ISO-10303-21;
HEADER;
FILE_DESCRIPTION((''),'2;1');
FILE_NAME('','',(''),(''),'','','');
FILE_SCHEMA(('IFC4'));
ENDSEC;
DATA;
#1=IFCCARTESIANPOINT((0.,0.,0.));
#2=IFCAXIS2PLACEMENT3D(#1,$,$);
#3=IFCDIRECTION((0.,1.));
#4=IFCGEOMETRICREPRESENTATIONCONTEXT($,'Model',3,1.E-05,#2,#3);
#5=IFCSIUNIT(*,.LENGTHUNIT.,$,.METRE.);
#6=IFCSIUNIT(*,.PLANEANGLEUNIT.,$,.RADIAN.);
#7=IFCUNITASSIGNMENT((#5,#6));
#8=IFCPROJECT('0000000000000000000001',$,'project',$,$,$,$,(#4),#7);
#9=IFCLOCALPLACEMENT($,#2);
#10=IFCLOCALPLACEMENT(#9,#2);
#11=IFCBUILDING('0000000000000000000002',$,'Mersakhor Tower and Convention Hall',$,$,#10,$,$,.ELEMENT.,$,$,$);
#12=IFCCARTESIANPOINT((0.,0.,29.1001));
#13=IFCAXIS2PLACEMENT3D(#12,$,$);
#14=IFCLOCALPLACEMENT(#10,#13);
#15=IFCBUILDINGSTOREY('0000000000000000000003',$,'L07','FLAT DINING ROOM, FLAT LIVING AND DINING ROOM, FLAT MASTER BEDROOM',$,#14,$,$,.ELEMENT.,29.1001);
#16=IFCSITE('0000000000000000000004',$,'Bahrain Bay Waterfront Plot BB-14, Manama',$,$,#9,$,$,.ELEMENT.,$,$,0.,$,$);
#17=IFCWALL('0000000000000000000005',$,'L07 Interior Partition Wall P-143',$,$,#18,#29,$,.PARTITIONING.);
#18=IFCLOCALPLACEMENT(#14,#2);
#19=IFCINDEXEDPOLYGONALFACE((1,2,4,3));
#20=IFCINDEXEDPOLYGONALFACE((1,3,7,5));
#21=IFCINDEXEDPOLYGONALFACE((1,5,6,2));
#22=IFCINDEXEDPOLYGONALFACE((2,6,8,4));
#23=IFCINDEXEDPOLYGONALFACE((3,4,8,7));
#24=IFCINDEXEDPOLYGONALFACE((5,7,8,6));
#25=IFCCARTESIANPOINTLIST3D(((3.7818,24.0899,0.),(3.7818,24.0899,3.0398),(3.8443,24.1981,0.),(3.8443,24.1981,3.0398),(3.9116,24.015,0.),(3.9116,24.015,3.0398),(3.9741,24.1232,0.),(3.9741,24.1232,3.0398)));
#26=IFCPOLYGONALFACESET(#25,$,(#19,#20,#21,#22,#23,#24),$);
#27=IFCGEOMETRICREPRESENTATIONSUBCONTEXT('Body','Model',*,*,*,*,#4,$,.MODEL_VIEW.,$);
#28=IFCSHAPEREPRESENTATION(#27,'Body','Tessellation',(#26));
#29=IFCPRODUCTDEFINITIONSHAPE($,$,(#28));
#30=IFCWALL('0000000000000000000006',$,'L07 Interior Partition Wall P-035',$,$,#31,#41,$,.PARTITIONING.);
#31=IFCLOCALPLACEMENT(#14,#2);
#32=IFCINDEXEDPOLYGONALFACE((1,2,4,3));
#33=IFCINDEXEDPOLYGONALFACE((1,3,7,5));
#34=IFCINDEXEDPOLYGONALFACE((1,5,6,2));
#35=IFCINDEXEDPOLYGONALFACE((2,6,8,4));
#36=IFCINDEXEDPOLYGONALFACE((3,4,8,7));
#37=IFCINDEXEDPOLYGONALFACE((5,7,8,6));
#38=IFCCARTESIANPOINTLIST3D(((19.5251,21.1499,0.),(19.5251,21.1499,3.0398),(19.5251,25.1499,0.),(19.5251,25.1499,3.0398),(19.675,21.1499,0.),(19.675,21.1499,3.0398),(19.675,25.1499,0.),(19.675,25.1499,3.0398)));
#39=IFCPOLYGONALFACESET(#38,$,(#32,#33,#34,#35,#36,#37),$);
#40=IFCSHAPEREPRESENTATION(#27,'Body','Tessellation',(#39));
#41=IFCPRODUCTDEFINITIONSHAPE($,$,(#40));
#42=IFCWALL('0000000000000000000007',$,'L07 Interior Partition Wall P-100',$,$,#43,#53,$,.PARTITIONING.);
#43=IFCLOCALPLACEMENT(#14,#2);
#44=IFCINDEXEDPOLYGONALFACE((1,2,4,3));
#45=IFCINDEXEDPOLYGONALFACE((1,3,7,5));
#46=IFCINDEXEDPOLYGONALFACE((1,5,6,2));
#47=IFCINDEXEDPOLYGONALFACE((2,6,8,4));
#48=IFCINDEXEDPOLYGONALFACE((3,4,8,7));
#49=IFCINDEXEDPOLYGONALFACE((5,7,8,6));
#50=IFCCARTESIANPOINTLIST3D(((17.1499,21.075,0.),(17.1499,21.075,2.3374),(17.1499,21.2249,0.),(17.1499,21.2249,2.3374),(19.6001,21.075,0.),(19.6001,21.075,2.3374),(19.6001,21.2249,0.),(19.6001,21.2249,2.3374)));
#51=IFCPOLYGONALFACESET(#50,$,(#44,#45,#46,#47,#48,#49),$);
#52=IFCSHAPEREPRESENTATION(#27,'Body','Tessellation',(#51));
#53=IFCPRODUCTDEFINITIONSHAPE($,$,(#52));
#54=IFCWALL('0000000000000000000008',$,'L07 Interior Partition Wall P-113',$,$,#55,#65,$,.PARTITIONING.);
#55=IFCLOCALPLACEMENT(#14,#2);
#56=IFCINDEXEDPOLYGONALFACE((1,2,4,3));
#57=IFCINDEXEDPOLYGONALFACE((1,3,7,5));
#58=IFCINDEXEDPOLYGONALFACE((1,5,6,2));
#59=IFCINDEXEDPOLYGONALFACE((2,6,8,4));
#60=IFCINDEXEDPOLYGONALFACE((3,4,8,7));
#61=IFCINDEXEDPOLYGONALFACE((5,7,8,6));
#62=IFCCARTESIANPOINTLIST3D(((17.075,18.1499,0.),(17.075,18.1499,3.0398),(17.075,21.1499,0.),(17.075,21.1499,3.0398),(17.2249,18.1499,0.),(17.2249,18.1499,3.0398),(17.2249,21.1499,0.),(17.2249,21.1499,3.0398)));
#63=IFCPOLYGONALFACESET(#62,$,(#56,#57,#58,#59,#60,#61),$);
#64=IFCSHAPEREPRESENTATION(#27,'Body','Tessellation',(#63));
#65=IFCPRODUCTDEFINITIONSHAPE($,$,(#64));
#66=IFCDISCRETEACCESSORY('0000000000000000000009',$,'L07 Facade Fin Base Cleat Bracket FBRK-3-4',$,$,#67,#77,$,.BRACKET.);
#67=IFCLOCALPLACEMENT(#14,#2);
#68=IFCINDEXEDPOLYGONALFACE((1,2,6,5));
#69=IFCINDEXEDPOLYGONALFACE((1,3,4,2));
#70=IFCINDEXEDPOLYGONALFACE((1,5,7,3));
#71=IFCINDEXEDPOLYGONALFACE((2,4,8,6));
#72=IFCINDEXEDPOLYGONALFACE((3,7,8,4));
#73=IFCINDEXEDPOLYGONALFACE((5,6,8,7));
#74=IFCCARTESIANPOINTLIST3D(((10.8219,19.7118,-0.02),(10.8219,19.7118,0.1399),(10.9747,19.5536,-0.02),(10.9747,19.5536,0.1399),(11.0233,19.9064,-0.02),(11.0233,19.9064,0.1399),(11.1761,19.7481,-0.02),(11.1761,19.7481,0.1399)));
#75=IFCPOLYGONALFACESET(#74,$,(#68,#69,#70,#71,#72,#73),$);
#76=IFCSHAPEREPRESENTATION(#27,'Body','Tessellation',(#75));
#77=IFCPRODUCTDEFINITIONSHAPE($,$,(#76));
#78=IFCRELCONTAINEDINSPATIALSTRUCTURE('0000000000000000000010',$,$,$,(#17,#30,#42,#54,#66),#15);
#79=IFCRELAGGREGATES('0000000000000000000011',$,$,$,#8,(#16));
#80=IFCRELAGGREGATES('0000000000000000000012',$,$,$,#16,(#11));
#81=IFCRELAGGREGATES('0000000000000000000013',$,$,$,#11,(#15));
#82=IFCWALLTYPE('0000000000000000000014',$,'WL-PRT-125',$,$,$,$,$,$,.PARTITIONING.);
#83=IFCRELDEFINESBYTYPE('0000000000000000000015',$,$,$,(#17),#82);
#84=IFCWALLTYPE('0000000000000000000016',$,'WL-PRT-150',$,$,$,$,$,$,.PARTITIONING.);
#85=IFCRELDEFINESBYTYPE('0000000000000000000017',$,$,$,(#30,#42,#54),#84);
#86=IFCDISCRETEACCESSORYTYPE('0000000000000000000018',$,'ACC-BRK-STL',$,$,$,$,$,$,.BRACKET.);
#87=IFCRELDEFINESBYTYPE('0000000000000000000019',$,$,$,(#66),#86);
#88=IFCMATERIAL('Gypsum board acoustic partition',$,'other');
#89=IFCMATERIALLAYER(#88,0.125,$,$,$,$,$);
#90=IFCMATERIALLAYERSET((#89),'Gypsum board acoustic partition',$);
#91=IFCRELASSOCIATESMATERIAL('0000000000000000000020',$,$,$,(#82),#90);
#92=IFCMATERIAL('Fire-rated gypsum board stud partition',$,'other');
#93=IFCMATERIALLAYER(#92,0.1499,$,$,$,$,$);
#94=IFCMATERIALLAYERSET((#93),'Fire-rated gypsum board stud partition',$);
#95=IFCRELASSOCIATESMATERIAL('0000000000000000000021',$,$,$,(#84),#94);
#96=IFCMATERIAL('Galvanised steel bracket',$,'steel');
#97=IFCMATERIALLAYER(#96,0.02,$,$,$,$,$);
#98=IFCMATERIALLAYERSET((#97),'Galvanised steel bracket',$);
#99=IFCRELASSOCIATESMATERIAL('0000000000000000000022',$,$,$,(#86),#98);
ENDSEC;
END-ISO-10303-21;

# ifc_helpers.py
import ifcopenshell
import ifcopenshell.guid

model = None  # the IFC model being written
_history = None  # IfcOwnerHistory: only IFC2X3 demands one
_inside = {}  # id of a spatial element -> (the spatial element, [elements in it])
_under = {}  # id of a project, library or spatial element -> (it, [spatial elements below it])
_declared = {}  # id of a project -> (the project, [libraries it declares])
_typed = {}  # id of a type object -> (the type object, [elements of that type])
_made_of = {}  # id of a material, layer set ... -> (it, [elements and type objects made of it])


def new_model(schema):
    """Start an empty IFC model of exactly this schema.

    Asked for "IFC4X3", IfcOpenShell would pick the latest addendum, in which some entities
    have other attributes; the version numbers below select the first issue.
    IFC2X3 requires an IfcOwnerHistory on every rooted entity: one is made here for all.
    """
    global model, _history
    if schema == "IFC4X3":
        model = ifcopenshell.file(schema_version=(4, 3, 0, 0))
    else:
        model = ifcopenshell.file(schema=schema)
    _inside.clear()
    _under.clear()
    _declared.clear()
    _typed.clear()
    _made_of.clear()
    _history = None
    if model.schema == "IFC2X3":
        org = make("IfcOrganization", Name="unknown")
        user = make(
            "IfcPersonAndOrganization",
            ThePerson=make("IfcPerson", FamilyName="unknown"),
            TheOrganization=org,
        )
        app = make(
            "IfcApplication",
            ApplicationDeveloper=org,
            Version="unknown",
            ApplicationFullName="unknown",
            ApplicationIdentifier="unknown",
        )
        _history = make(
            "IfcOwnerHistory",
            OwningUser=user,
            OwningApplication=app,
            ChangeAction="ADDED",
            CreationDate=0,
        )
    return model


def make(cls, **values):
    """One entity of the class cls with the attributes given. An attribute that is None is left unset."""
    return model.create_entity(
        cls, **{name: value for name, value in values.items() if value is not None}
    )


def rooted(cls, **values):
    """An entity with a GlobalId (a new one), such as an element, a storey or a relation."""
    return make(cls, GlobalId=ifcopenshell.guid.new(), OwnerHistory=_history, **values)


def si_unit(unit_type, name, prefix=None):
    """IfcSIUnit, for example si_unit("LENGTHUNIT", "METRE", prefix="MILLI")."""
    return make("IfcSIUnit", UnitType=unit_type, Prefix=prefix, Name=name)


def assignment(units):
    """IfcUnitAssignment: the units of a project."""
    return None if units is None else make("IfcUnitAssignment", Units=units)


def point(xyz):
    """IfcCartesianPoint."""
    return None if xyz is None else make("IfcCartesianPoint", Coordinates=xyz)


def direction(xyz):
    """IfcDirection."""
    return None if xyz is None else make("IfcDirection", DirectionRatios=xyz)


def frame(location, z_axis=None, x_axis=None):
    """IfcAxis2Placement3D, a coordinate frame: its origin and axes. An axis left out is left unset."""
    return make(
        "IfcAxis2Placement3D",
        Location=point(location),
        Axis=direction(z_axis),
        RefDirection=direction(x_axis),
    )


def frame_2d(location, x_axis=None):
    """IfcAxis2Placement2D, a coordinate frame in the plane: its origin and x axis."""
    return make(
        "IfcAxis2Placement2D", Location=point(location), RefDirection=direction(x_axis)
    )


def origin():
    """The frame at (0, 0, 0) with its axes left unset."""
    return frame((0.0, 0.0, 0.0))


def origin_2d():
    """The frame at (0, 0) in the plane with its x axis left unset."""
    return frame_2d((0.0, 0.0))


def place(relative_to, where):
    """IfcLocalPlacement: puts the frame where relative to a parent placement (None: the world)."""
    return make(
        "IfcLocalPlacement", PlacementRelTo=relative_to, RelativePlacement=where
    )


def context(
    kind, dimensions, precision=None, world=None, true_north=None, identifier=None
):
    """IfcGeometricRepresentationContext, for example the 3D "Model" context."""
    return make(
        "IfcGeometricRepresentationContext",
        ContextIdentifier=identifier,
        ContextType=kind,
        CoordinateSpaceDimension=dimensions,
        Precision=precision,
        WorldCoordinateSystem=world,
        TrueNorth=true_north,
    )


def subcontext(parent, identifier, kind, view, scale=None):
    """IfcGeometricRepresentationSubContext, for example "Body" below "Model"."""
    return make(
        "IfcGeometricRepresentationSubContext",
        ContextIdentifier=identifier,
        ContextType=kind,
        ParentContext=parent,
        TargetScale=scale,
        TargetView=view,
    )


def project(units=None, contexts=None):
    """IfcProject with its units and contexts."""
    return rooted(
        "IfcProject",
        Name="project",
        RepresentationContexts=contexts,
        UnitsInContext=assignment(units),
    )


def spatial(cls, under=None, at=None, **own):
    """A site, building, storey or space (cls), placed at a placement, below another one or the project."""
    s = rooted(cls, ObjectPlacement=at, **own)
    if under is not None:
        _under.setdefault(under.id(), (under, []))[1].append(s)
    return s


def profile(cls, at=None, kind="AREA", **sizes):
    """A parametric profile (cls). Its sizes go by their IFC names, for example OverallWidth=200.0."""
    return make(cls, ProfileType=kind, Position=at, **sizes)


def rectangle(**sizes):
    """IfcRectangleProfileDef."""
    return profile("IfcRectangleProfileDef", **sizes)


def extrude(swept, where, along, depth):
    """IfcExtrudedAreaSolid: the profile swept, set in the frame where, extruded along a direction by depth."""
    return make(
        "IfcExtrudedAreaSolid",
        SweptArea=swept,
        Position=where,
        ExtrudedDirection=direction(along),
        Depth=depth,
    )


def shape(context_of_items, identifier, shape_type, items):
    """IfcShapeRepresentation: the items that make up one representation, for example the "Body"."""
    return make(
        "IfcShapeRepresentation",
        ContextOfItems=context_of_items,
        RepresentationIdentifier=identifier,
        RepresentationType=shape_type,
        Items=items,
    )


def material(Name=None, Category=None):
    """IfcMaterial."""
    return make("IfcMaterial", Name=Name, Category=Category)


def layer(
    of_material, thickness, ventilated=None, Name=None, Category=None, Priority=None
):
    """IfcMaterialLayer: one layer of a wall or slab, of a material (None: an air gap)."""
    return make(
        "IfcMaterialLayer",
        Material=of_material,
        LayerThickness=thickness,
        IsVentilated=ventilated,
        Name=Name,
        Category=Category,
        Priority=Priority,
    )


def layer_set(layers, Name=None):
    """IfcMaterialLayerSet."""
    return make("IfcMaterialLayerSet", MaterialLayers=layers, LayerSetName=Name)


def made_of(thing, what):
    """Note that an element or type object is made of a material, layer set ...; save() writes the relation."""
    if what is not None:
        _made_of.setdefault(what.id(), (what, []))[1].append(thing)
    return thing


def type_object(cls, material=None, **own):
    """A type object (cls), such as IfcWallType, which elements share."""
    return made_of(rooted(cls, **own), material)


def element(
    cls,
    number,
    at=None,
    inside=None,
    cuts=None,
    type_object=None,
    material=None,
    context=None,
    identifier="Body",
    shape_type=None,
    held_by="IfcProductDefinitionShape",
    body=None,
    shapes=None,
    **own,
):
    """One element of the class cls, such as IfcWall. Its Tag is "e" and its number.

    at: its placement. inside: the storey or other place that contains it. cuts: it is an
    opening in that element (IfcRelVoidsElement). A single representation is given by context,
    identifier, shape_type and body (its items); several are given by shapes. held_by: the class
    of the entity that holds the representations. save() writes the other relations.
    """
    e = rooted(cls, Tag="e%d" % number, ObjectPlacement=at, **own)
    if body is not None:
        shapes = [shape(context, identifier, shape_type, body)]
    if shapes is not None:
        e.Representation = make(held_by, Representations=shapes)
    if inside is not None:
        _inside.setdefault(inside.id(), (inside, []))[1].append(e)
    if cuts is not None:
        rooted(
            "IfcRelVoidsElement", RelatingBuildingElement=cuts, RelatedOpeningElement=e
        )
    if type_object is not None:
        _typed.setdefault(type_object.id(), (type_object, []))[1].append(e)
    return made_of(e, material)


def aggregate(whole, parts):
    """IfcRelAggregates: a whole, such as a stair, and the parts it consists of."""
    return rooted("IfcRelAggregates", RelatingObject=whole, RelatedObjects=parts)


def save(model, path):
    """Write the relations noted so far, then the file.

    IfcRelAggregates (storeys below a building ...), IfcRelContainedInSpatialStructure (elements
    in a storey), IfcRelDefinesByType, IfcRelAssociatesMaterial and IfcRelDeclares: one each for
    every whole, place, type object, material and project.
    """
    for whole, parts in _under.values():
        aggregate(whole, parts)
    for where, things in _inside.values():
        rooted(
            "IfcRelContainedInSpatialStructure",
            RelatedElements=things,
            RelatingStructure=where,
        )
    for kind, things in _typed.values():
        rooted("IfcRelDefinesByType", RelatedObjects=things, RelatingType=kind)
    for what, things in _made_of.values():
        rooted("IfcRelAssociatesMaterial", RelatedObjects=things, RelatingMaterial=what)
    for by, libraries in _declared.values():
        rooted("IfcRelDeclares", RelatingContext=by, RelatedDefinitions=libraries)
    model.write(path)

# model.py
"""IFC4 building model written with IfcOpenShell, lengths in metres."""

from ifc_helpers import new_model, si_unit, direction, frame, frame_2d, origin, origin_2d, place, context, subcontext, project, spatial, rectangle, extrude, material, layer, layer_set, type_object, element, save


model = new_model("IFC4")

# Units and contexts
model_context = context("Model", 3, precision=1e-05, world=origin(), true_north=direction((0.0, 1.0)))
body_context = subcontext(model_context, "Body", "Model", "MODEL_VIEW")
ifc_project = project(units=[si_unit("LENGTHUNIT", "METRE"), si_unit("PLANEANGLEUNIT", "RADIAN")], contexts=[model_context])

# Site, building, storey
site_placement = place(None, origin())
site = spatial("IfcSite", under=ifc_project, at=site_placement, Name="Bahrain Bay Waterfront Plot BB-14, Manama", CompositionType="ELEMENT", RefElevation=0.0)
building_placement = place(site_placement, origin())
building = spatial("IfcBuilding", under=site, at=building_placement, Name="Mersakhor Tower and Convention Hall", CompositionType="ELEMENT")
storey_placement = place(building_placement, frame((0.0, 0.0, 29.1001)))
storey = spatial("IfcBuildingStorey", under=building, at=storey_placement, Name="L07", Description="FLAT DINING ROOM, FLAT LIVING AND DINING ROOM, FLAT MASTER BEDROOM", CompositionType="ELEMENT", Elevation=29.1001)

# Shared definitions
ifc_material_1 = material(Name="Gypsum board acoustic partition", Category="other")
ifc_layer_1 = layer(ifc_material_1, 0.125)
ifc_layer_set_1 = layer_set([ifc_layer_1], Name="Gypsum board acoustic partition")
wall_type_1 = type_object("IfcWallType", Name="WL-PRT-125", PredefinedType="PARTITIONING", material=ifc_layer_set_1)

# Wall
wall_1_placement = place(storey_placement, frame((3.9429, 24.0691, 0.0), z_axis=(0.0, 0.0, 1.0), x_axis=(-0.866131, 0.499816, 0.0)))
element("IfcWall", 1, at=wall_1_placement, inside=storey, type_object=wall_type_1, Name="L07 Interior Partition Wall P-143", PredefinedType="PARTITIONING", context=body_context, shape_type="SweptSolid", body=[
    extrude(rectangle(XDim=0.1499, YDim=0.125, at=frame_2d((0.075, 0.0))), origin(), (0.0, 0.0, 1.0), 3.0398),
])

# Shared definitions
ifc_material_2 = material(Name="Fire-rated gypsum board stud partition", Category="other")
ifc_layer_2 = layer(ifc_material_2, 0.1499)
ifc_layer_set_2 = layer_set([ifc_layer_2], Name="Fire-rated gypsum board stud partition")
wall_type_2 = type_object("IfcWallType", Name="WL-PRT-150", PredefinedType="PARTITIONING", material=ifc_layer_set_2)

# Wall
wall_2_placement = place(storey_placement, frame((19.6001, 21.1499, 0.0), z_axis=(0.0, 0.0, 1.0), x_axis=(0.0, 1.0, 0.0)))
element("IfcWall", 2, at=wall_2_placement, inside=storey, type_object=wall_type_2, Name="L07 Interior Partition Wall P-035", PredefinedType="PARTITIONING", context=body_context, shape_type="SweptSolid", body=[
    extrude(rectangle(XDim=4.0, YDim=0.1499, at=frame_2d((2.0, 0.0))), origin(), (0.0, 0.0, 1.0), 3.0398),
])

# Walls
wall_3_placement = place(storey_placement, frame((19.6001, 21.1499, 0.0), z_axis=(0.0, 0.0, 1.0), x_axis=(-1.0, 0.0, 0.0)))
element("IfcWall", 3, at=wall_3_placement, inside=storey, type_object=wall_type_2, Name="L07 Interior Partition Wall P-100", PredefinedType="PARTITIONING", context=body_context, shape_type="SweptSolid", body=[
    extrude(rectangle(XDim=2.4502, YDim=0.1499, at=frame_2d((1.2251, 0.0))), origin(), (0.0, 0.0, 1.0), 2.3374),
])
wall_4_placement = place(storey_placement, frame((17.1499, 18.1499, 0.0), z_axis=(0.0, 0.0, 1.0), x_axis=(0.0, 1.0, 0.0)))
element("IfcWall", 4, at=wall_4_placement, inside=storey, type_object=wall_type_2, Name="L07 Interior Partition Wall P-113", PredefinedType="PARTITIONING", context=body_context, shape_type="SweptSolid", body=[
    extrude(rectangle(XDim=3.0, YDim=0.1499, at=frame_2d((1.5, 0.0))), origin(), (0.0, 0.0, 1.0), 3.0398),
])

# Discrete accessory
ifc_material_3 = material(Name="Galvanised steel bracket", Category="steel")
ifc_layer_3 = layer(ifc_material_3, 0.02)
ifc_layer_set_3 = layer_set([ifc_layer_3], Name="Galvanised steel bracket")
discrete_accessory_type = type_object("IfcDiscreteAccessoryType", Name="ACC-BRK-STL", PredefinedType="BRACKET", material=ifc_layer_set_3)
discrete_accessory_placement = place(storey_placement, frame((10.999, 19.73, -0.02), z_axis=(0.0, 0.0, 1.0), x_axis=(-0.71934, -0.694658, 0.0)))
element("IfcDiscreteAccessory", 5, at=discrete_accessory_placement, inside=storey, type_object=discrete_accessory_type, Name="L07 Facade Fin Base Cleat Bracket FBRK-3-4", PredefinedType="BRACKET", context=body_context, shape_type="SweptSolid", body=[
    extrude(rectangle(XDim=0.28, YDim=0.22, at=origin_2d()), origin(), (0.0, 0.0, 1.0), 0.1599),
])

save(model, "model.ifc")
